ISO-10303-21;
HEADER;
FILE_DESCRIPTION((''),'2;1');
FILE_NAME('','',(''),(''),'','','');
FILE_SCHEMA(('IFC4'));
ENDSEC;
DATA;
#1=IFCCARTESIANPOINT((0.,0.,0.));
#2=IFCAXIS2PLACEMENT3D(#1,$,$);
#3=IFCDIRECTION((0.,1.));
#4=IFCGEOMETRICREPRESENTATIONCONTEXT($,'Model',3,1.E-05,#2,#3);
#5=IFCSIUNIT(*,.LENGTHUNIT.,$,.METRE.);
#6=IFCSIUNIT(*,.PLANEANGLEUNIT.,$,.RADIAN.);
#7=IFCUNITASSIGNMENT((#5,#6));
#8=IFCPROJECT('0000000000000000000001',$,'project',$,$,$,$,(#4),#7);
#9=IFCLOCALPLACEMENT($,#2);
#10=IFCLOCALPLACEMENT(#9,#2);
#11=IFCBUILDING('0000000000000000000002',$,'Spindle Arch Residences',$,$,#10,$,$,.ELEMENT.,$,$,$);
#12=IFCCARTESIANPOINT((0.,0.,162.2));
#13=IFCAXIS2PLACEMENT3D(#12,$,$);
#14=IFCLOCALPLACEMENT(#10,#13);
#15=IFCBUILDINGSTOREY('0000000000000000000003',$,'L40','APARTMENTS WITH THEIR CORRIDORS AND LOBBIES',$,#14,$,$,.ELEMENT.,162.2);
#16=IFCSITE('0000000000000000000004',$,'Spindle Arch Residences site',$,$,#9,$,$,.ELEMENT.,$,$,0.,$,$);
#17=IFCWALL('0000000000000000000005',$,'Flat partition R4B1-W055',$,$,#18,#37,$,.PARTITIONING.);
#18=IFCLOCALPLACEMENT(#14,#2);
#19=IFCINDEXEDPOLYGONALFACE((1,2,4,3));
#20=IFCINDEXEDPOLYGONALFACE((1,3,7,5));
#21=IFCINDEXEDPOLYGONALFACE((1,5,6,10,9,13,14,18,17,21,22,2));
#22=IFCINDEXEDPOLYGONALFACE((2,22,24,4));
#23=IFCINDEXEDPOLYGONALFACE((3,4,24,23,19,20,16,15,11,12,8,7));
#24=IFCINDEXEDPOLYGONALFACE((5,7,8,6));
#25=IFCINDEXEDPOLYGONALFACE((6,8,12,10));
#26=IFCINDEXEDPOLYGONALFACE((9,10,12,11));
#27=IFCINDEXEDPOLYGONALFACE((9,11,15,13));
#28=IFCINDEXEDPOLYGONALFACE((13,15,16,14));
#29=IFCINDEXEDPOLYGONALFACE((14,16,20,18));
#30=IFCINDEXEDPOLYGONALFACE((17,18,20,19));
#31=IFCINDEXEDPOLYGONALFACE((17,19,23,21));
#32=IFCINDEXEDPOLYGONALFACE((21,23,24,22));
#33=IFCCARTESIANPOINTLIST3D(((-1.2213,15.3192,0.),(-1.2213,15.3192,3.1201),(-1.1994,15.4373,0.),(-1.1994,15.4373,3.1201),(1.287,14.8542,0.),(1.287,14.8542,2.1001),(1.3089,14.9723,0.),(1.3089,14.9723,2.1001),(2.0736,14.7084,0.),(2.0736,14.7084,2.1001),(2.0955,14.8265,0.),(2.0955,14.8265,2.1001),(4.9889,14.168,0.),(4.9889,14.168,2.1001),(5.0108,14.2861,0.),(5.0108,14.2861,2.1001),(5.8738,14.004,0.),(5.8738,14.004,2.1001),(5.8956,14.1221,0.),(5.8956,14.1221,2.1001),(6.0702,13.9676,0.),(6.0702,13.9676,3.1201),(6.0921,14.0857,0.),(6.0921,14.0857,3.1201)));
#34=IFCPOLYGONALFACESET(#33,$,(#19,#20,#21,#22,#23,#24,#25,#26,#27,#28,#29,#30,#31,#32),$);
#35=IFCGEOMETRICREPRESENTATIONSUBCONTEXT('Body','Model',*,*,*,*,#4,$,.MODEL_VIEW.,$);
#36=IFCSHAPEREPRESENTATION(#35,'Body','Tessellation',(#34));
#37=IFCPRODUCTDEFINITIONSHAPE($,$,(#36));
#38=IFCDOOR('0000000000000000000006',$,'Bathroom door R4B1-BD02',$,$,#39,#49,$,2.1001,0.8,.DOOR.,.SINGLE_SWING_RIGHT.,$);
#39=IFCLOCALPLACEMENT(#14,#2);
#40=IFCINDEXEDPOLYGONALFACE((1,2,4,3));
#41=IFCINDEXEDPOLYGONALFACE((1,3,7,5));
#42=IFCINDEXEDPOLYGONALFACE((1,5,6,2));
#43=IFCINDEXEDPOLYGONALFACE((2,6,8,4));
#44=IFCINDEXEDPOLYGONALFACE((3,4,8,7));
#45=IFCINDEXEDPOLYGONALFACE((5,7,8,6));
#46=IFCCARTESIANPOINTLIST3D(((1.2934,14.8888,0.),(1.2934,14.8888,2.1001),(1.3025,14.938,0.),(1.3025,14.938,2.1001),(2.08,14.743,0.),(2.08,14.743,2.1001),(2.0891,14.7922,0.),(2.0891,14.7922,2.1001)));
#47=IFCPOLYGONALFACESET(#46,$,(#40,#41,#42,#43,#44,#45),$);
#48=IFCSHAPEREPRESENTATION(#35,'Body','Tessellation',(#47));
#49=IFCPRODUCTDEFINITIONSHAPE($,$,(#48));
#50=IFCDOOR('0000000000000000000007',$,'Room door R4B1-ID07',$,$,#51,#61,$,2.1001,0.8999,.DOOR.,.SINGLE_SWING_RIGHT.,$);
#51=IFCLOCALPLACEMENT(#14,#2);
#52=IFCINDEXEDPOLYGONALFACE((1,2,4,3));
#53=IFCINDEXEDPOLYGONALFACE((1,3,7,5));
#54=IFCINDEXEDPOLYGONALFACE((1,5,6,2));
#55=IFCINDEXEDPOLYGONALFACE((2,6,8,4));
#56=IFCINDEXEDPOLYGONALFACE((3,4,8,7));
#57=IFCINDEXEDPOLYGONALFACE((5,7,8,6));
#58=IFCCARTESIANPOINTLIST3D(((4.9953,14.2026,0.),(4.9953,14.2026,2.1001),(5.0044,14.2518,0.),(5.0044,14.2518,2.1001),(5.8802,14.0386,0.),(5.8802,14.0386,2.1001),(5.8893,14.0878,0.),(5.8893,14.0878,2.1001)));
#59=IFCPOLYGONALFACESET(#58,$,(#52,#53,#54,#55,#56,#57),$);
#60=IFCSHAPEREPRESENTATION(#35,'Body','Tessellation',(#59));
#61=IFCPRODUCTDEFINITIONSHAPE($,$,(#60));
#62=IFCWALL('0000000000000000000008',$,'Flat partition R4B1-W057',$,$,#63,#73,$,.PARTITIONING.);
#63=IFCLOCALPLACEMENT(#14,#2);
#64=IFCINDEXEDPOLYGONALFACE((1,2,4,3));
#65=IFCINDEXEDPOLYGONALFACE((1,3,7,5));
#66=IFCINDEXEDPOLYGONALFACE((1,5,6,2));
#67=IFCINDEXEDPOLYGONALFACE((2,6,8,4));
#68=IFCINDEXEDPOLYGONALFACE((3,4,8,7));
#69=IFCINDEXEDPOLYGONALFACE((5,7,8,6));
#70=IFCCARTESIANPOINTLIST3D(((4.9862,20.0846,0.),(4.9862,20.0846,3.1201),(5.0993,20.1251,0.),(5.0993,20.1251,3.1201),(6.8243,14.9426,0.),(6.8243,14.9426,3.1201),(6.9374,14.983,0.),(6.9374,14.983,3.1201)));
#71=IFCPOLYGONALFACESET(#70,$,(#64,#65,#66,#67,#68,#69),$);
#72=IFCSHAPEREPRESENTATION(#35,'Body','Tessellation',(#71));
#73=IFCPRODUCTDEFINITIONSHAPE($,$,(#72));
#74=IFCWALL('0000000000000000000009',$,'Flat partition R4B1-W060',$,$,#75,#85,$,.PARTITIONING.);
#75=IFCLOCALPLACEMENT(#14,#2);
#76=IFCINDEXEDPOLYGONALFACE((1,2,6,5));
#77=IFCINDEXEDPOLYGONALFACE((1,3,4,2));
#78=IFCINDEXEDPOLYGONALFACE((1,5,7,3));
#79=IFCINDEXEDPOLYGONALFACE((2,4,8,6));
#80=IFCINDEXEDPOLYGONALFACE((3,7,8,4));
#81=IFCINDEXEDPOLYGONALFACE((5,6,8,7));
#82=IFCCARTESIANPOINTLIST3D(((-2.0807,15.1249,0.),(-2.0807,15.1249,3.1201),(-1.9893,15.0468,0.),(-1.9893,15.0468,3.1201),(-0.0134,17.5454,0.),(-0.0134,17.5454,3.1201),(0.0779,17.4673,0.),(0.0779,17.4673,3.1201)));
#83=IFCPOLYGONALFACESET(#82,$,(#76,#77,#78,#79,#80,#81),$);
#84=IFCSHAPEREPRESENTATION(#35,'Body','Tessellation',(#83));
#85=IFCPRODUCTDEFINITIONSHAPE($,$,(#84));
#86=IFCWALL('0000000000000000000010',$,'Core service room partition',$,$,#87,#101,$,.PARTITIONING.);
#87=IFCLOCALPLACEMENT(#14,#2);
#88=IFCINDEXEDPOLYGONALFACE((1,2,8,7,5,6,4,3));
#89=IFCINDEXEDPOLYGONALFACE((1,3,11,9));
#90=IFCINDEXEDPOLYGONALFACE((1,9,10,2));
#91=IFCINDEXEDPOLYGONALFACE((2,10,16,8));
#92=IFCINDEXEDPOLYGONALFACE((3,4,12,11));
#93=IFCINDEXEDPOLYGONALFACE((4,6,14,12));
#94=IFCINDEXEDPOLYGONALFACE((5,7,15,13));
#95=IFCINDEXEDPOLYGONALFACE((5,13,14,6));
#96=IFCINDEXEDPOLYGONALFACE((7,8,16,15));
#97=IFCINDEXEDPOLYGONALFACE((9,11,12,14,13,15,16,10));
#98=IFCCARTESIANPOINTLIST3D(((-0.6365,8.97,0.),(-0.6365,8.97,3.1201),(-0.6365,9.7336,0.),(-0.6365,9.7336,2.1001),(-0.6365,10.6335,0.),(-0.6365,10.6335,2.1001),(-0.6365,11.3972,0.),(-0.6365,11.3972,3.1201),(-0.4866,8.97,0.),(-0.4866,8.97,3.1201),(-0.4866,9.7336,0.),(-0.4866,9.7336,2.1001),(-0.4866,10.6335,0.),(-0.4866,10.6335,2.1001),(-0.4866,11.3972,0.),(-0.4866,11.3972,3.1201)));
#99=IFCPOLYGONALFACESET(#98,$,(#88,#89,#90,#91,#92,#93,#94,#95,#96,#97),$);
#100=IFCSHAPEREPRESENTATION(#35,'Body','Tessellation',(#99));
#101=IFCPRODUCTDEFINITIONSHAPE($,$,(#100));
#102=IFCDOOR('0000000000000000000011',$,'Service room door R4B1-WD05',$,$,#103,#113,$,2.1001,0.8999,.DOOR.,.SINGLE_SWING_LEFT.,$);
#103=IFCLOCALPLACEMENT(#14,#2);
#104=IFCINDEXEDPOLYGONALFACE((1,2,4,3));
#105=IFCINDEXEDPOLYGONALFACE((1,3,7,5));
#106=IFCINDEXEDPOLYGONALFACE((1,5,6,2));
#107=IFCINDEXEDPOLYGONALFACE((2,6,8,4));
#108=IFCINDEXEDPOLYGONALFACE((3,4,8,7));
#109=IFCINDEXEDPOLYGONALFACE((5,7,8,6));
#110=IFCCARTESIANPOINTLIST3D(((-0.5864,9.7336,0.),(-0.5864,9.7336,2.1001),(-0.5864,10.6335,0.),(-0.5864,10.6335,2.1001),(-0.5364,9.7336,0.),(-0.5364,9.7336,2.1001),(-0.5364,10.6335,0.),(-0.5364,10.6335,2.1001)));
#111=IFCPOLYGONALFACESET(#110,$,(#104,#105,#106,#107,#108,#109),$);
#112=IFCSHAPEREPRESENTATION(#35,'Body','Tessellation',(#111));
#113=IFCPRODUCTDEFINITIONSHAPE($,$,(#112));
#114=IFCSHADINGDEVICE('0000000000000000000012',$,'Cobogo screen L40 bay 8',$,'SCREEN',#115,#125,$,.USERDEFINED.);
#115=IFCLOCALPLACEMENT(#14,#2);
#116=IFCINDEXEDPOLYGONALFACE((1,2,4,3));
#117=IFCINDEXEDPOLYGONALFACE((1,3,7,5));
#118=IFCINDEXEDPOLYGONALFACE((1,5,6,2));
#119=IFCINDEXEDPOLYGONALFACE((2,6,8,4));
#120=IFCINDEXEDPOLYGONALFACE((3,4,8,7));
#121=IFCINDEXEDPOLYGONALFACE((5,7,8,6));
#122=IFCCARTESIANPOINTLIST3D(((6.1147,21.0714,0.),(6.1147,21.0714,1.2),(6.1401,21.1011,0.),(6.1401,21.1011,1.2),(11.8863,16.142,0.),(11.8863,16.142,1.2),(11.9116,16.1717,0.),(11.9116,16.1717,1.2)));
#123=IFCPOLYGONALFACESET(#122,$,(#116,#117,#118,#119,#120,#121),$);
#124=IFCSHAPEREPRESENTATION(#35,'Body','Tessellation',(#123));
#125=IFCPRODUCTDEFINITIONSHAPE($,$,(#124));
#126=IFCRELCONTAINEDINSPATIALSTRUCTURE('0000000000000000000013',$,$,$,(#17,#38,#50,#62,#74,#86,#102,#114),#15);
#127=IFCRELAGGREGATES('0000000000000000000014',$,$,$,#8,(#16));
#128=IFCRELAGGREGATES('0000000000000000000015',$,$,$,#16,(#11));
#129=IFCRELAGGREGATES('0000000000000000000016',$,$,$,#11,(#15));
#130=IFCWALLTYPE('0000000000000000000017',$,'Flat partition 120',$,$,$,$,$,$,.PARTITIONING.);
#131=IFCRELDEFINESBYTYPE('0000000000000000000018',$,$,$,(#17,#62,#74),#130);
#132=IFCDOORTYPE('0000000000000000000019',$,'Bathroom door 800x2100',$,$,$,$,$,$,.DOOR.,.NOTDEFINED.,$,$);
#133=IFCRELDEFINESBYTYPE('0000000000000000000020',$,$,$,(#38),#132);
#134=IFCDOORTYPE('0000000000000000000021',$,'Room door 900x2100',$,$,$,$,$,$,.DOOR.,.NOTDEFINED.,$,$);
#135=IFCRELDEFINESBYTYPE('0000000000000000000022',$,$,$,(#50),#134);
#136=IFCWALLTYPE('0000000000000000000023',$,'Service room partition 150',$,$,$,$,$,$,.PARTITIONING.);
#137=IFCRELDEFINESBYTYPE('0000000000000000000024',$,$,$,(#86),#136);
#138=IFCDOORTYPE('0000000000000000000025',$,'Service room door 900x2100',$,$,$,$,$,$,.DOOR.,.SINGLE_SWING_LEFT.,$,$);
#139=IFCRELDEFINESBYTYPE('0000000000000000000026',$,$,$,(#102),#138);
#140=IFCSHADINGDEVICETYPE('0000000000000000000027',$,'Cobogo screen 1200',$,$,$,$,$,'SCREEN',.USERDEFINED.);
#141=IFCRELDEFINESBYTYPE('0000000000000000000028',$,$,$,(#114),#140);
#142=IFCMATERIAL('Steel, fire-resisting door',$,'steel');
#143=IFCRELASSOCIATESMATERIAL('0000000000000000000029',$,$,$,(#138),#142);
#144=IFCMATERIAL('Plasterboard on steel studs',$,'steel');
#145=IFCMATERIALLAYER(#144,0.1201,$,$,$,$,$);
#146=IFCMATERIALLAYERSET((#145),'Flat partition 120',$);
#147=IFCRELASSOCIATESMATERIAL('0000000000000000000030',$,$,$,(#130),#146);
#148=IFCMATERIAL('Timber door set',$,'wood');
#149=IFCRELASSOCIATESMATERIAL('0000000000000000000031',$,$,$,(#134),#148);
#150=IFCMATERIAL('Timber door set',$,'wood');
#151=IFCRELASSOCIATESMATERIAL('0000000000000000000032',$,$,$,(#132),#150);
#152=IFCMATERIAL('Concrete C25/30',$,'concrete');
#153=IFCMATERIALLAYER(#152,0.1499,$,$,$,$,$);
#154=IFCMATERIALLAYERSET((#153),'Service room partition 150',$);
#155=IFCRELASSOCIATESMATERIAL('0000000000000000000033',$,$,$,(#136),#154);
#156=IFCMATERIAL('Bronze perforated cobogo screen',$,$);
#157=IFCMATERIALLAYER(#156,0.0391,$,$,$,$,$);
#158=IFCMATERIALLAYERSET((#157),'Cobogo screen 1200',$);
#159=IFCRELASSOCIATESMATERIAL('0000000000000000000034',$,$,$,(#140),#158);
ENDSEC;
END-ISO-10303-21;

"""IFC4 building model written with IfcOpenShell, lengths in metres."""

from ifc_helpers import new_model, si_unit, direction, frame, frame_2d, origin, origin_2d, place, context, subcontext, project, spatial, rectangle, extrude, material, layer, layer_set, type_object, element, fill, save


model = new_model("IFC4")

# Units and contexts
model_context = context("Model", 3, precision=1e-05, world=origin(), true_north=direction((0.0, 1.0)))
body_context = subcontext(model_context, "Body", "Model", "MODEL_VIEW")
ifc_project = project(units=[si_unit("LENGTHUNIT", "METRE"), si_unit("PLANEANGLEUNIT", "RADIAN")], contexts=[model_context])

# Site, building, storey
site_placement = place(None, origin())
site = spatial("IfcSite", under=ifc_project, at=site_placement, Name="Spindle Arch Residences site", CompositionType="ELEMENT", RefElevation=0.0)
building_placement = place(site_placement, origin())
building = spatial("IfcBuilding", under=site, at=building_placement, Name="Spindle Arch Residences", CompositionType="ELEMENT")
storey_placement = place(building_placement, frame((0.0, 0.0, 162.2)))
storey = spatial("IfcBuildingStorey", under=building, at=storey_placement, Name="L40", Description="APARTMENTS WITH THEIR CORRIDORS AND LOBBIES", CompositionType="ELEMENT", Elevation=162.2)

# Shared definitions
ifc_material_1 = material(Name="Steel, fire-resisting door", Category="steel")
door_type_1 = type_object("IfcDoorType", Name="Service room door 900x2100", OperationType="SINGLE_SWING_LEFT", PredefinedType="DOOR", material=ifc_material_1)

# Shared definitions
ifc_material_2 = material(Name="Plasterboard on steel studs", Category="steel")
ifc_layer_1 = layer(ifc_material_2, 0.1201)
ifc_layer_set_1 = layer_set([ifc_layer_1], Name="Flat partition 120")
wall_type_1 = type_object("IfcWallType", Name="Flat partition 120", PredefinedType="PARTITIONING", material=ifc_layer_set_1)
ifc_material_3 = material(Name="Timber door set", Category="wood")
door_type_2 = type_object("IfcDoorType", Name="Room door 900x2100", OperationType="NOTDEFINED", PredefinedType="DOOR", material=ifc_material_3)

# Wall, openings, doors
wall_1_placement = place(storey_placement, frame((6.0813, 14.0266, 0.0), z_axis=(0.0, 0.0, 1.0), x_axis=(-0.983251, 0.182257, 0.0)))
wall_1 = element("IfcWall", 1, at=wall_1_placement, inside=storey, type_object=wall_type_1, Name="Flat partition R4B1-W055", PredefinedType="PARTITIONING", context=body_context, shape_type="SweptSolid", body=[
    extrude(rectangle(XDim=7.4158, YDim=0.1201, at=frame_2d((3.708, 0.0))), origin(), (0.0, 0.0, 1.0), 3.1201),
])
opening_1_placement = place(wall_1_placement, frame((0.2, 0.0, 0.0)))
opening_1 = element("IfcOpeningElement", 2, at=opening_1_placement, cuts=wall_1, PredefinedType="OPENING", context=body_context, shape_type="SweptSolid", body=[
    extrude(rectangle(XDim=0.8999, YDim=2.1001, at=frame_2d((0.45, 1.05))), frame((0.0, 0.0701, 0.0), z_axis=(0.0, -1.0, 0.0), x_axis=(1.0, 0.0, 0.0)), (0.0, 0.0, 1.0), 0.1401),
])
opening_2_placement = place(wall_1_placement, frame((4.0649, 0.0, 0.0)))
opening_2 = element("IfcOpeningElement", 3, at=opening_2_placement, cuts=wall_1, PredefinedType="OPENING", context=body_context, shape_type="SweptSolid", body=[
    extrude(rectangle(XDim=0.8, YDim=2.1001, at=frame_2d((0.3999, 1.05))), frame((0.0, 0.0701, 0.0), z_axis=(0.0, -1.0, 0.0), x_axis=(1.0, 0.0, 0.0)), (0.0, 0.0, 1.0), 0.1401),
])
ifc_material_4 = material(Name="Timber door set", Category="wood")
door_type_3 = type_object("IfcDoorType", Name="Bathroom door 800x2100", OperationType="NOTDEFINED", PredefinedType="DOOR", material=ifc_material_4)
door_1_placement = place(opening_2_placement, origin())
door_1 = element("IfcDoor", 4, at=door_1_placement, inside=storey, type_object=door_type_3, Name="Bathroom door R4B1-BD02", OperationType="SINGLE_SWING_RIGHT", OverallHeight=2.1001, OverallWidth=0.8, PredefinedType="DOOR", context=body_context, shape_type="SweptSolid", body=[
    extrude(rectangle(XDim=0.8, YDim=2.1001, at=frame_2d((0.3999, 1.05))), frame((0.0, 0.0249, 0.0), z_axis=(0.0, -1.0, 0.0), x_axis=(1.0, 0.0, 0.0)), (0.0, 0.0, 1.0), 0.05),
])
fill(opening_2, door_1)
door_2_placement = place(opening_1_placement, origin())
door_2 = element("IfcDoor", 5, at=door_2_placement, inside=storey, type_object=door_type_2, Name="Room door R4B1-ID07", OperationType="SINGLE_SWING_RIGHT", OverallHeight=2.1001, OverallWidth=0.8999, PredefinedType="DOOR", context=body_context, shape_type="SweptSolid", body=[
    extrude(rectangle(XDim=0.8999, YDim=2.1001, at=frame_2d((0.45, 1.05))), frame((0.0, 0.0249, 0.0), z_axis=(0.0, -1.0, 0.0), x_axis=(1.0, 0.0, 0.0)), (0.0, 0.0, 1.0), 0.05),
])
fill(opening_1, door_2)

# Walls
wall_2_placement = place(storey_placement, frame((5.0427, 20.105, 0.0), z_axis=(0.0, 0.0, 1.0), x_axis=(0.336608, -0.941645, 0.0)))
element("IfcWall", 6, at=wall_2_placement, inside=storey, type_object=wall_type_1, Name="Flat partition R4B1-W057", PredefinedType="PARTITIONING", context=body_context, shape_type="SweptSolid", body=[
    extrude(rectangle(XDim=5.4607, YDim=0.1201, at=frame_2d((2.7305, 0.0))), origin(), (0.0, 0.0, 1.0), 3.1201),
])
wall_3_placement = place(storey_placement, frame((0.0322, 17.5063, 0.0), z_axis=(0.0, 0.0, 1.0), x_axis=(-0.649432, -0.760419, 0.0)))
element("IfcWall", 7, at=wall_3_placement, inside=storey, type_object=wall_type_1, Name="Flat partition R4B1-W060", PredefinedType="PARTITIONING", context=body_context, shape_type="SweptSolid", body=[
    extrude(rectangle(XDim=3.1831, YDim=0.1201, at=frame_2d((1.5916, 0.0))), origin(), (0.0, 0.0, 1.0), 3.1201),
])

# Wall, opening, door
ifc_material_5 = material(Name="Concrete C25/30", Category="concrete")
ifc_layer_2 = layer(ifc_material_5, 0.1499)
ifc_layer_set_2 = layer_set([ifc_layer_2], Name="Service room partition 150")
wall_type_2 = type_object("IfcWallType", Name="Service room partition 150", PredefinedType="PARTITIONING", material=ifc_layer_set_2)
wall_4_placement = place(storey_placement, frame((-0.5615, 8.97, 0.0), z_axis=(0.0, 0.0, 1.0), x_axis=(0.0, 1.0, 0.0)))
wall_4 = element("IfcWall", 8, at=wall_4_placement, inside=storey, type_object=wall_type_2, Name="Core service room partition", PredefinedType="PARTITIONING", context=body_context, shape_type="SweptSolid", body=[
    extrude(rectangle(XDim=2.4272, YDim=0.1499, at=frame_2d((1.2136, 0.0))), origin(), (0.0, 0.0, 1.0), 3.1201),
])
opening_3_placement = place(wall_4_placement, frame((0.7637, 0.0, 0.0)))
opening_3 = element("IfcOpeningElement", 9, at=opening_3_placement, cuts=wall_4, PredefinedType="OPENING", context=body_context, shape_type="SweptSolid", body=[
    extrude(rectangle(XDim=0.8999, YDim=2.1001, at=frame_2d((0.45, 1.05))), frame((0.0, 0.085, 0.0), z_axis=(0.0, -1.0, 0.0), x_axis=(1.0, 0.0, 0.0)), (0.0, 0.0, 1.0), 0.1699),
])
door_3_placement = place(opening_3_placement, origin())
door_3 = element("IfcDoor", 10, at=door_3_placement, inside=storey, type_object=door_type_1, Name="Service room door R4B1-WD05", OperationType="SINGLE_SWING_LEFT", OverallHeight=2.1001, OverallWidth=0.8999, PredefinedType="DOOR", context=body_context, shape_type="SweptSolid", body=[
    extrude(rectangle(XDim=0.8999, YDim=2.1001, at=frame_2d((0.45, 1.05))), frame((0.0, 0.0249, 0.0), z_axis=(0.0, -1.0, 0.0), x_axis=(1.0, 0.0, 0.0)), (0.0, 0.0, 1.0), 0.05),
])
fill(opening_3, door_3)

# Shading device
ifc_material_6 = material(Name="Bronze perforated cobogo screen")
ifc_layer_3 = layer(ifc_material_6, 0.0391)
ifc_layer_set_3 = layer_set([ifc_layer_3], Name="Cobogo screen 1200")
shading_device_type = type_object("IfcShadingDeviceType", Name="Cobogo screen 1200", ElementType="SCREEN", PredefinedType="USERDEFINED", material=ifc_layer_set_3)
shading_device_placement = place(storey_placement, frame((9.0132, 18.6216, 0.0), z_axis=(0.0, 0.0, 1.0), x_axis=(-0.760406, 0.649448, 0.0)))
element("IfcShadingDevice", 11, at=shading_device_placement, inside=storey, type_object=shading_device_type, Name="Cobogo screen L40 bay 8", ObjectType="SCREEN", PredefinedType="USERDEFINED", context=body_context, shape_type="SweptSolid", body=[
    extrude(rectangle(XDim=7.5901, YDim=0.0391, at=origin_2d()), origin(), (0.0, 0.0, 1.0), 1.2),
])

save(model, "model.ifc")
